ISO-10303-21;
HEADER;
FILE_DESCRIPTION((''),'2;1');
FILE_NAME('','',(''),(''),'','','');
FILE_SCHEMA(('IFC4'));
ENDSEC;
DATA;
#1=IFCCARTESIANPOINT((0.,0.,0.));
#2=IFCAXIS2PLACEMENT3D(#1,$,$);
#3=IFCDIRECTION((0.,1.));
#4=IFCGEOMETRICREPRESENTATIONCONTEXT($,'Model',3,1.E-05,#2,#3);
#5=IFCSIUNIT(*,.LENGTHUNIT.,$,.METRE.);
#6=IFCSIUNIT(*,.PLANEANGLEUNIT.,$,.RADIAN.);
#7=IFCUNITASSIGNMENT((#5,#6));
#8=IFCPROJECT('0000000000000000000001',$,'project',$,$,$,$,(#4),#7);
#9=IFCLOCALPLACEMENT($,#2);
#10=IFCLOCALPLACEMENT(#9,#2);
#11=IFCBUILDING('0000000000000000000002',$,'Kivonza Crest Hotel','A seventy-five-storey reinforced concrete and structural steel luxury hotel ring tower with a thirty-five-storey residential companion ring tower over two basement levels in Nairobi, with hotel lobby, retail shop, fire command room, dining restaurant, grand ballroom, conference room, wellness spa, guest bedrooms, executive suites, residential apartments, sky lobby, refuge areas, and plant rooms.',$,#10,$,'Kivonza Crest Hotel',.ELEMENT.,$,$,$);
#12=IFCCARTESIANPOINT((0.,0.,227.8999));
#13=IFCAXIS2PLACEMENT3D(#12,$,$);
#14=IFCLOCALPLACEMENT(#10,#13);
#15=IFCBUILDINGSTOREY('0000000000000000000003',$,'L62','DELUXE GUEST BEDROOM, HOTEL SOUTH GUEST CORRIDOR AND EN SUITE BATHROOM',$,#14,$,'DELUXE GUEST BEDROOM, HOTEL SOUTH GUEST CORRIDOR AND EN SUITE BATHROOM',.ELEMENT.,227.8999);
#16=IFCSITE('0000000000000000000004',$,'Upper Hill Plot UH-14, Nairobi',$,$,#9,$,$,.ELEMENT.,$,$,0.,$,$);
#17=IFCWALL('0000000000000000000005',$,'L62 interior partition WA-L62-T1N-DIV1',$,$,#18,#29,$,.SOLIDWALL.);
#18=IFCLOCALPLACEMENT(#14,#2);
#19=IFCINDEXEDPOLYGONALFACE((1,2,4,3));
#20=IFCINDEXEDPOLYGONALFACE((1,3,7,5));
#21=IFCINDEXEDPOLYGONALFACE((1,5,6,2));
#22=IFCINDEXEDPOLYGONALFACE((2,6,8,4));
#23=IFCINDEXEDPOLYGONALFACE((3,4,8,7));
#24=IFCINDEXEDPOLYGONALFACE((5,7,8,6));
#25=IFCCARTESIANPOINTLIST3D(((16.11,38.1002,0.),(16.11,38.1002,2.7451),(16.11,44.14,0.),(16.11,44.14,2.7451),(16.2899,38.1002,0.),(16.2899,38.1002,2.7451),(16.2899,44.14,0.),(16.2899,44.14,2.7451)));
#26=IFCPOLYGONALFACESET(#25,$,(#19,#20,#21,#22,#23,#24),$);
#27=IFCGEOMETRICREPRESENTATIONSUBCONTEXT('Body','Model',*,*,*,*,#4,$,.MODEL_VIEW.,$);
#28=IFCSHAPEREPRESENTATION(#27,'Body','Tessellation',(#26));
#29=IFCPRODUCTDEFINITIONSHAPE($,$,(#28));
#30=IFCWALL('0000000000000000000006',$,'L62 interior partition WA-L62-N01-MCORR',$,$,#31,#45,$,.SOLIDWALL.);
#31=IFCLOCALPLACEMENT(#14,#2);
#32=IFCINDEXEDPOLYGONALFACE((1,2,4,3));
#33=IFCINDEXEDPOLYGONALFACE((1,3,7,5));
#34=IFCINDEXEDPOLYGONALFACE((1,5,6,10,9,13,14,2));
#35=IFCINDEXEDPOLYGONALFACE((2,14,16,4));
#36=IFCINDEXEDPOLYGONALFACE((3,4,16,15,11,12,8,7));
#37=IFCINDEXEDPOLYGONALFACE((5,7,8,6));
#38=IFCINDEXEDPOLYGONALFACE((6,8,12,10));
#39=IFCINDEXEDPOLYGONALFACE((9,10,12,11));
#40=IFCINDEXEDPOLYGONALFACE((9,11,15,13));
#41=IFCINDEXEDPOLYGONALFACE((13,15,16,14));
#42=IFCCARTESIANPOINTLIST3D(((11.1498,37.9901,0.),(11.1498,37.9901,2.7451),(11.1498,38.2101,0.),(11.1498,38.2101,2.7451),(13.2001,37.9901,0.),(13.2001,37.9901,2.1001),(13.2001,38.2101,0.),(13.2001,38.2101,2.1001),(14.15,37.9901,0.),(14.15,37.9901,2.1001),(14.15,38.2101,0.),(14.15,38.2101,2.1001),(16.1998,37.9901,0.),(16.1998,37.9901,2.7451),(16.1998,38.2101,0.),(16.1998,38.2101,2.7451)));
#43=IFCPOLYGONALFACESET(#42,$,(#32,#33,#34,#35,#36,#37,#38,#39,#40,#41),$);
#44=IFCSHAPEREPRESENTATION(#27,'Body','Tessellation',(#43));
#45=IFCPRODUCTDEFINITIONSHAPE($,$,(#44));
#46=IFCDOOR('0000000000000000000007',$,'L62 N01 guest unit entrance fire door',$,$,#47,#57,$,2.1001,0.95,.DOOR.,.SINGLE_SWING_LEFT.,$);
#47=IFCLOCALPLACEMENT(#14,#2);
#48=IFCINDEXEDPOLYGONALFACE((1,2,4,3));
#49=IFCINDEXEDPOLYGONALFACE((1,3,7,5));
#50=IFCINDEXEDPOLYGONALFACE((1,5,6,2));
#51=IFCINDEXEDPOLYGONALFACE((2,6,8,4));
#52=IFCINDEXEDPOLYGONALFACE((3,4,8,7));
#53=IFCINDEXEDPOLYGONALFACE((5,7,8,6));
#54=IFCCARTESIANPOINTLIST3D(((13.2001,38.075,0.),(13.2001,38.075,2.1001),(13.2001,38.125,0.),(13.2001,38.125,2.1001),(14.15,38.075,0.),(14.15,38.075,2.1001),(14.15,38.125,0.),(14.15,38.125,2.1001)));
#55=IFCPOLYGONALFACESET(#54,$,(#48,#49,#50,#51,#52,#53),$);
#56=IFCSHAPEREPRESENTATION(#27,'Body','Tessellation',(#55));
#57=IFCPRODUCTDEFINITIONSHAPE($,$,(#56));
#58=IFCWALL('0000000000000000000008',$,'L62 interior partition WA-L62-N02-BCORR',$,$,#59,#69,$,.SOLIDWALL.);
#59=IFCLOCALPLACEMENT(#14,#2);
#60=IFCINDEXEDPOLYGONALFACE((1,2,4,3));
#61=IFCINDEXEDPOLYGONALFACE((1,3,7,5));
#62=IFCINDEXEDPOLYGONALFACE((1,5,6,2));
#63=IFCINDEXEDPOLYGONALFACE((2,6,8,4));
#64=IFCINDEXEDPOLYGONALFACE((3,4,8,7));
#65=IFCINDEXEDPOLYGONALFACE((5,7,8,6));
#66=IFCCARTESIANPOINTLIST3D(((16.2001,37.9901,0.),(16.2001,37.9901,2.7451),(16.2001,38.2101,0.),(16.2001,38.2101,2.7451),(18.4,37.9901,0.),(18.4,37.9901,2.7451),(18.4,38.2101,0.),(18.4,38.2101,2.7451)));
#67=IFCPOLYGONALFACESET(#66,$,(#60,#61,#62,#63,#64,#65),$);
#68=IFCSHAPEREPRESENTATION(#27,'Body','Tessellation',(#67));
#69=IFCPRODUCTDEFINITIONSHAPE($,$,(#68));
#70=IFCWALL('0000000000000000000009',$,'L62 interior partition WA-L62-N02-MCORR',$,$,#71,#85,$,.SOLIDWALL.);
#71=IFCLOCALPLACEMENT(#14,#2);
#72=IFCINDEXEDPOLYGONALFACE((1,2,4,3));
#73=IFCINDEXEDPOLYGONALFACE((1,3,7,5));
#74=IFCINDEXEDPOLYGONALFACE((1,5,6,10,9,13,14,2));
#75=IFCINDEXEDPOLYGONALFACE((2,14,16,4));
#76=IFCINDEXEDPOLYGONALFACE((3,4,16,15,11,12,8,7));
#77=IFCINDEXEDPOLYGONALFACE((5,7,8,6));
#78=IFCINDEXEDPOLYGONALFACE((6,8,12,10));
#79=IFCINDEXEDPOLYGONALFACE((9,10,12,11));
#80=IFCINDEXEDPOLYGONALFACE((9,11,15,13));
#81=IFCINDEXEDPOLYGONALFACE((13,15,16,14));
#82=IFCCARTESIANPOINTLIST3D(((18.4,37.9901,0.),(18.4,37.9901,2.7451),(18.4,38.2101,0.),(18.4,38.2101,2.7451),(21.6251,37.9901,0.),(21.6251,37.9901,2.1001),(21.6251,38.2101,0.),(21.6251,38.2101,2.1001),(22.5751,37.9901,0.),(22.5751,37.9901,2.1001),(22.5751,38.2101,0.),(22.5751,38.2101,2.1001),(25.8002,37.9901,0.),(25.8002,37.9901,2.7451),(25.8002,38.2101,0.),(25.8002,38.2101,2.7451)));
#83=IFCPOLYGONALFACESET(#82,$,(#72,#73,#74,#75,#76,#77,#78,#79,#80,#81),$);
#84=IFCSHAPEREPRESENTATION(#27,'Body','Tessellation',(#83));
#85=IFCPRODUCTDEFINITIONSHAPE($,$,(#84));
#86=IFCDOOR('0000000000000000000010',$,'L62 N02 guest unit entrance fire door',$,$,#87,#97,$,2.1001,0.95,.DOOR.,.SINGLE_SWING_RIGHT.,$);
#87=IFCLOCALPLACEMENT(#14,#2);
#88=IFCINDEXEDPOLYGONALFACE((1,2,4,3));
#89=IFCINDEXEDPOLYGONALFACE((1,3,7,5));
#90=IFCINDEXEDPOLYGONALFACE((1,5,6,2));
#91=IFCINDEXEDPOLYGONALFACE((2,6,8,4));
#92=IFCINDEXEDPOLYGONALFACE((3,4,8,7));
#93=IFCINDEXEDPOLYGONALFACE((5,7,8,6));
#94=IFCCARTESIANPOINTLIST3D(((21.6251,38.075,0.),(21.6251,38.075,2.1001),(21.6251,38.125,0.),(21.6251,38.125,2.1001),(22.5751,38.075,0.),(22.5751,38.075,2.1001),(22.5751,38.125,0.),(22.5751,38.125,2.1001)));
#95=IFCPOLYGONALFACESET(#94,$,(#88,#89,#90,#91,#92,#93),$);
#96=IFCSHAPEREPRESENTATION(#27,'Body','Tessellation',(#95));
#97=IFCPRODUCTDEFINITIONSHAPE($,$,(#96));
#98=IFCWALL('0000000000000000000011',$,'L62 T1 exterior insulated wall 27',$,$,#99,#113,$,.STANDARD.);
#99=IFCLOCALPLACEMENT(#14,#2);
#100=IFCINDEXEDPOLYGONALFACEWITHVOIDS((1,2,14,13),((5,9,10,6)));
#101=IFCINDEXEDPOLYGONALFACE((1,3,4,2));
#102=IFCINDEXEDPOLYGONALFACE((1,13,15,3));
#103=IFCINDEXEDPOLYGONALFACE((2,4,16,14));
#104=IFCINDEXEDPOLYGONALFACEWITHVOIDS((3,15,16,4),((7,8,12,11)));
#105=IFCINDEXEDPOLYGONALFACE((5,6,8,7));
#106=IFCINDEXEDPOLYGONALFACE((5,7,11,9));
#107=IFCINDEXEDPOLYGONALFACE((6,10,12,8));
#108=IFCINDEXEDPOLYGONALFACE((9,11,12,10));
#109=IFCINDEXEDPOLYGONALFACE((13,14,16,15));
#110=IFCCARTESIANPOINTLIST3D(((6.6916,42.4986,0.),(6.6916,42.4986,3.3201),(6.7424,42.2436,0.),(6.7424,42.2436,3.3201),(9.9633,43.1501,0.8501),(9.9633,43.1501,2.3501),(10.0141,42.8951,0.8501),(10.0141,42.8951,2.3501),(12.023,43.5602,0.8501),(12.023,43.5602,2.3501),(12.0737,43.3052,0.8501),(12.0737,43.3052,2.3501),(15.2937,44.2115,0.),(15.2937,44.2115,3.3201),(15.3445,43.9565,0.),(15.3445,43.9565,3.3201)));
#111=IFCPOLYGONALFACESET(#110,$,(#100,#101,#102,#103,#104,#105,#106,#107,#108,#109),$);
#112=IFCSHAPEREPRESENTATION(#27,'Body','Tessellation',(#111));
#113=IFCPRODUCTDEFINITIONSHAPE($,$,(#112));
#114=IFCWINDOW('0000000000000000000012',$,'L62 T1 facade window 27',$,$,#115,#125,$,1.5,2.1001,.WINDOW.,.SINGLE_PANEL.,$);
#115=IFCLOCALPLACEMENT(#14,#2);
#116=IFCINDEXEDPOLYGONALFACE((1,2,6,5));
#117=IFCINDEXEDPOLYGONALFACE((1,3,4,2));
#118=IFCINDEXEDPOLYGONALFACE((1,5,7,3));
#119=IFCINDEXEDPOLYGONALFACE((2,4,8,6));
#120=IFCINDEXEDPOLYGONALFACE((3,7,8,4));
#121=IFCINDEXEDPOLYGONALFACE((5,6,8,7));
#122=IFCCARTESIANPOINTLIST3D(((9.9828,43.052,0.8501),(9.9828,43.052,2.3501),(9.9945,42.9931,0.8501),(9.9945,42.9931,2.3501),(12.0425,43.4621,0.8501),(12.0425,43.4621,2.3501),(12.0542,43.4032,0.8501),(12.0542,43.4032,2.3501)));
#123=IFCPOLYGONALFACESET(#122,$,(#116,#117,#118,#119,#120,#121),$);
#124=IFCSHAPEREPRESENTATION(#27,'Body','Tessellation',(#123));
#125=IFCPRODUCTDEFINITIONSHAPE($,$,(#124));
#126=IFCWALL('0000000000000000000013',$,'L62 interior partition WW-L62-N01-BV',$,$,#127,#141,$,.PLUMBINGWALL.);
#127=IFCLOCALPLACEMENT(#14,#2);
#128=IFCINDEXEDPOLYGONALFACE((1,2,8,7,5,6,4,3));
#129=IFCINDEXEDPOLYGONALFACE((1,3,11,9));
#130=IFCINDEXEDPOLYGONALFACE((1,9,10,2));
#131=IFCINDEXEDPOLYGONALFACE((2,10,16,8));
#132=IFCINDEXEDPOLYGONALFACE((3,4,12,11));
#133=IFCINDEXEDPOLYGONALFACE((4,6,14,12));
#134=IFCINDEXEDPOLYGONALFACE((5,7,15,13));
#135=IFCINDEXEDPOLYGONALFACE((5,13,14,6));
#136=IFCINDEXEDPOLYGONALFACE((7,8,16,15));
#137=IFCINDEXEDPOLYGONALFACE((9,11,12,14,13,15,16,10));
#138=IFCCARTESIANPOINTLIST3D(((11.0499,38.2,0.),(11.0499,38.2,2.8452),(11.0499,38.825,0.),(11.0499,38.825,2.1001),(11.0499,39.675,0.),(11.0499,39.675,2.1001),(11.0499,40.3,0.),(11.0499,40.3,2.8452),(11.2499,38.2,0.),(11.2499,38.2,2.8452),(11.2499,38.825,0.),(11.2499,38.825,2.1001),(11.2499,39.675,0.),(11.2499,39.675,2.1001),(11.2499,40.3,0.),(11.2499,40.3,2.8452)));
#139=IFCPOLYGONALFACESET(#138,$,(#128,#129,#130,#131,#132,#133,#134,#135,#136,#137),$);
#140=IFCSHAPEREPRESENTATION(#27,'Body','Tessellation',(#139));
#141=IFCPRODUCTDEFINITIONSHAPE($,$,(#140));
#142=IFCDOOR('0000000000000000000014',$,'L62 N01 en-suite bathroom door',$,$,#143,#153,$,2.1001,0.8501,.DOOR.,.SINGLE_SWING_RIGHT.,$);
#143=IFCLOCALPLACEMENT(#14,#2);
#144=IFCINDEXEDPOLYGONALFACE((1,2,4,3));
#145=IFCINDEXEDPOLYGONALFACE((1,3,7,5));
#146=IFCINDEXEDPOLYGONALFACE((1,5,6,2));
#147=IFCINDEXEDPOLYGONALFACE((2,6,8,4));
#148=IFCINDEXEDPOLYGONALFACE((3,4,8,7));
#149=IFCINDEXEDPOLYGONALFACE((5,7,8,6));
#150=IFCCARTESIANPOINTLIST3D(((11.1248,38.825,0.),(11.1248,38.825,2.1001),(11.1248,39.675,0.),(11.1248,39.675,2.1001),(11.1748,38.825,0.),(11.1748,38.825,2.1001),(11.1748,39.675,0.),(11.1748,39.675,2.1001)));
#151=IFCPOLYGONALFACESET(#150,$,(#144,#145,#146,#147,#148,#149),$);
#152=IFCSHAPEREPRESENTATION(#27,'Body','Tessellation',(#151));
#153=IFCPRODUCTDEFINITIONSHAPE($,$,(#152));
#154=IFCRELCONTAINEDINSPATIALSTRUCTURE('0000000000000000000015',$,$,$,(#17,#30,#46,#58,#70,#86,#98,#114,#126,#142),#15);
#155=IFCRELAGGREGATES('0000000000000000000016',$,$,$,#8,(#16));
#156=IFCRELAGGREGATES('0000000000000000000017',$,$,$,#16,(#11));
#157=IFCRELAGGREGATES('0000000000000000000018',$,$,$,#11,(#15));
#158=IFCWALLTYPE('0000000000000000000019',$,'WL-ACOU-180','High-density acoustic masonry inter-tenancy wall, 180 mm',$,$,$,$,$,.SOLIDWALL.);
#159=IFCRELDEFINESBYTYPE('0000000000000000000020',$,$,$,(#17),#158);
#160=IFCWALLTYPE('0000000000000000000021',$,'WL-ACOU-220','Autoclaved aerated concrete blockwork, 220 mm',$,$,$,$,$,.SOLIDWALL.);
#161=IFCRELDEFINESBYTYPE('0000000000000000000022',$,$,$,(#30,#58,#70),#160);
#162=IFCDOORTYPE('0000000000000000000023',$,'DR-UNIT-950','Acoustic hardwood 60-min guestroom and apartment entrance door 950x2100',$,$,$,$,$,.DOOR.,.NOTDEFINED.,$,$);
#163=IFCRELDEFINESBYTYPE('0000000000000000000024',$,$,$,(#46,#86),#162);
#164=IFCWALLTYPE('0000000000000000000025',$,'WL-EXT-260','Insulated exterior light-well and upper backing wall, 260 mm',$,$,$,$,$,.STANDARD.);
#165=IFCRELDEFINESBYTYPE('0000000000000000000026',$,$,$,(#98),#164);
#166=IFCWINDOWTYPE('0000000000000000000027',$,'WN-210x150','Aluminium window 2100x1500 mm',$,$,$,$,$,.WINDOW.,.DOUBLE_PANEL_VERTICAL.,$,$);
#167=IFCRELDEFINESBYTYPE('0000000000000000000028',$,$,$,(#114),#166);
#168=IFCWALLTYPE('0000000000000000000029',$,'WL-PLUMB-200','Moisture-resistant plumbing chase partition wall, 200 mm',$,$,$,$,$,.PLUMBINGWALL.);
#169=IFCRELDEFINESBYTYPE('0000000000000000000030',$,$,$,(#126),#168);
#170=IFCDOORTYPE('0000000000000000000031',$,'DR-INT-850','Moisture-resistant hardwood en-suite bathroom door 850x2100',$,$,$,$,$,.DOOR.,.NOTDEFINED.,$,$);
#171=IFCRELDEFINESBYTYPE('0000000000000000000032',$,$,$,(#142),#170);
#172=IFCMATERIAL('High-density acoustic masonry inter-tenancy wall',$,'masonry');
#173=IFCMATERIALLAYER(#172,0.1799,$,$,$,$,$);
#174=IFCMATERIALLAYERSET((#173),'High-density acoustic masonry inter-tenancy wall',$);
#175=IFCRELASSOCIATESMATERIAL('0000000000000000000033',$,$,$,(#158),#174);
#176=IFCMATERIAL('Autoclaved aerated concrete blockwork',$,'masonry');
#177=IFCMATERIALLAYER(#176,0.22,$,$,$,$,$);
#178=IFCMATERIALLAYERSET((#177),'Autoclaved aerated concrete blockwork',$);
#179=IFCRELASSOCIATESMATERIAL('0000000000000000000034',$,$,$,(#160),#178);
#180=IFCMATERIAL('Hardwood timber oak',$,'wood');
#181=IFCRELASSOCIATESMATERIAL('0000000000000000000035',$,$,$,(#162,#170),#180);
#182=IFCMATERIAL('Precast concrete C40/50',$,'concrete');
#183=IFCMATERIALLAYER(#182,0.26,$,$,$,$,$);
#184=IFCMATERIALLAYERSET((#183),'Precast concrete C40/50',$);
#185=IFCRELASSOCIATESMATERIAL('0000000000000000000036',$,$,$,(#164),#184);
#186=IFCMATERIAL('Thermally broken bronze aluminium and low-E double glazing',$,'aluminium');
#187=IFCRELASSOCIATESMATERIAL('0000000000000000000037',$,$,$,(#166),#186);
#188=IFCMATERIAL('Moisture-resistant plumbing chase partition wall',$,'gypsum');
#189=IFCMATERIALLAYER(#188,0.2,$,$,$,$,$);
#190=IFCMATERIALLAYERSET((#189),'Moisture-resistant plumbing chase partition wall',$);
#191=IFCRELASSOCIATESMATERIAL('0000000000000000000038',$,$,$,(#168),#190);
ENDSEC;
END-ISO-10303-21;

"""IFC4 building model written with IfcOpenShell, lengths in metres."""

from ifc_helpers import new_model, si_unit, direction, frame, frame_2d, origin, place, context, subcontext, project, spatial, rectangle, extrude, material, layer, layer_set, type_object, element, fill, save


model = new_model("IFC4")

# Units and contexts
model_context = context("Model", 3, precision=1e-05, world=origin(), true_north=direction((0.0, 1.0)))
body_context = subcontext(model_context, "Body", "Model", "MODEL_VIEW")
ifc_project = project(units=[si_unit("LENGTHUNIT", "METRE"), si_unit("PLANEANGLEUNIT", "RADIAN")], contexts=[model_context])

# Site, building, storey
site_placement = place(None, origin())
site = spatial("IfcSite", under=ifc_project, at=site_placement, Name="Upper Hill Plot UH-14, Nairobi", CompositionType="ELEMENT", RefElevation=0.0)
building_placement = place(site_placement, origin())
building = spatial("IfcBuilding", under=site, at=building_placement, Name="Kivonza Crest Hotel", Description="A seventy-five-storey reinforced concrete and structural steel luxury hotel ring tower with a thirty-five-storey residential companion ring tower over two basement levels in Nairobi, with hotel lobby, retail shop, fire command room, dining restaurant, grand ballroom, conference room, wellness spa, guest bedrooms, executive suites, residential apartments, sky lobby, refuge areas, and plant rooms.", LongName="Kivonza Crest Hotel", CompositionType="ELEMENT")
storey_placement = place(building_placement, frame((0.0, 0.0, 227.8999)))
storey = spatial("IfcBuildingStorey", under=building, at=storey_placement, Name="L62", Description="DELUXE GUEST BEDROOM, HOTEL SOUTH GUEST CORRIDOR AND EN SUITE BATHROOM", LongName="DELUXE GUEST BEDROOM, HOTEL SOUTH GUEST CORRIDOR AND EN SUITE BATHROOM", CompositionType="ELEMENT", Elevation=227.8999)

# Wall
ifc_material_1 = material(Name="High-density acoustic masonry inter-tenancy wall", Category="masonry")
ifc_layer_1 = layer(ifc_material_1, 0.1799)
ifc_layer_set_1 = layer_set([ifc_layer_1], Name="High-density acoustic masonry inter-tenancy wall")
wall_type_1 = type_object("IfcWallType", Name="WL-ACOU-180", Description="High-density acoustic masonry inter-tenancy wall, 180 mm", PredefinedType="SOLIDWALL", material=ifc_layer_set_1)
wall_1_placement = place(storey_placement, frame((16.2, 38.1001, 0.0), z_axis=(0.0, 0.0, 1.0), x_axis=(0.0, 1.0, 0.0)))
element("IfcWall", 1, at=wall_1_placement, inside=storey, type_object=wall_type_1, Name="L62 interior partition WA-L62-T1N-DIV1", PredefinedType="SOLIDWALL", context=body_context, shape_type="SweptSolid", body=[
    extrude(rectangle(XDim=6.0398, YDim=0.1799, at=frame_2d((3.02, 0.0))), origin(), (0.0, 0.0, 1.0), 2.7451),
])

# Wall, opening, door
ifc_material_2 = material(Name="Autoclaved aerated concrete blockwork", Category="masonry")
ifc_layer_2 = layer(ifc_material_2, 0.22)
ifc_layer_set_2 = layer_set([ifc_layer_2], Name="Autoclaved aerated concrete blockwork")
wall_type_2 = type_object("IfcWallType", Name="WL-ACOU-220", Description="Autoclaved aerated concrete blockwork, 220 mm", PredefinedType="SOLIDWALL", material=ifc_layer_set_2)
wall_2_placement = place(storey_placement, frame((11.1499, 38.1001, 0.0), z_axis=(0.0, 0.0, 1.0), x_axis=(1.0, 0.0, 0.0)))
wall_2 = element("IfcWall", 2, at=wall_2_placement, inside=storey, type_object=wall_type_2, Name="L62 interior partition WA-L62-N01-MCORR", PredefinedType="SOLIDWALL", context=body_context, shape_type="SweptSolid", body=[
    extrude(rectangle(XDim=5.05, YDim=0.22, at=frame_2d((2.5249, 0.0))), origin(), (0.0, 0.0, 1.0), 2.7451),
])
opening_1_placement = place(wall_2_placement, frame((2.05, 0.0, 0.0)))
opening_1 = element("IfcOpeningElement", 3, at=opening_1_placement, cuts=wall_2, PredefinedType="OPENING", context=body_context, shape_type="SweptSolid", body=[
    extrude(rectangle(XDim=0.95, YDim=2.1001, at=frame_2d((0.4751, 1.05))), frame((0.0, 0.1201, 0.0), z_axis=(0.0, -1.0, 0.0), x_axis=(1.0, 0.0, 0.0)), (0.0, 0.0, 1.0), 0.24),
])
ifc_material_3 = material(Name="Hardwood timber oak", Category="wood")
door_type_1 = type_object("IfcDoorType", Name="DR-UNIT-950", Description="Acoustic hardwood 60-min guestroom and apartment entrance door 950x2100", OperationType="NOTDEFINED", PredefinedType="DOOR", material=ifc_material_3)
door_1_placement = place(opening_1_placement, origin())
door_1 = element("IfcDoor", 4, at=door_1_placement, inside=storey, type_object=door_type_1, Name="L62 N01 guest unit entrance fire door", OperationType="SINGLE_SWING_LEFT", OverallHeight=2.1001, OverallWidth=0.95, PredefinedType="DOOR", context=body_context, shape_type="SweptSolid", body=[
    extrude(rectangle(XDim=0.95, YDim=2.1001, at=frame_2d((0.4751, 1.05))), frame((0.0, 0.0249, 0.0), z_axis=(0.0, -1.0, 0.0), x_axis=(1.0, 0.0, 0.0)), (0.0, 0.0, 1.0), 0.05),
])
fill(opening_1, door_1)

# Wall
wall_3_placement = place(storey_placement, frame((16.2, 38.1001, 0.0), z_axis=(0.0, 0.0, 1.0), x_axis=(1.0, 0.0, 0.0)))
element("IfcWall", 5, at=wall_3_placement, inside=storey, type_object=wall_type_2, Name="L62 interior partition WA-L62-N02-BCORR", PredefinedType="SOLIDWALL", context=body_context, shape_type="SweptSolid", body=[
    extrude(rectangle(XDim=2.2, YDim=0.22, at=frame_2d((1.1001, 0.0))), origin(), (0.0, 0.0, 1.0), 2.7451),
])

# Wall, opening, door
wall_4_placement = place(storey_placement, frame((18.3999, 38.1001, 0.0), z_axis=(0.0, 0.0, 1.0), x_axis=(1.0, 0.0, 0.0)))
wall_4 = element("IfcWall", 6, at=wall_4_placement, inside=storey, type_object=wall_type_2, Name="L62 interior partition WA-L62-N02-MCORR", PredefinedType="SOLIDWALL", context=body_context, shape_type="SweptSolid", body=[
    extrude(rectangle(XDim=7.4001, YDim=0.22, at=frame_2d((3.7002, 0.0))), origin(), (0.0, 0.0, 1.0), 2.7451),
])
opening_2_placement = place(wall_4_placement, frame((3.2251, 0.0, 0.0)))
opening_2 = element("IfcOpeningElement", 7, at=opening_2_placement, cuts=wall_4, PredefinedType="OPENING", context=body_context, shape_type="SweptSolid", body=[
    extrude(rectangle(XDim=0.95, YDim=2.1001, at=frame_2d((0.4751, 1.05))), frame((0.0, 0.1201, 0.0), z_axis=(0.0, -1.0, 0.0), x_axis=(1.0, 0.0, 0.0)), (0.0, 0.0, 1.0), 0.24),
])
door_2_placement = place(opening_2_placement, origin())
door_2 = element("IfcDoor", 8, at=door_2_placement, inside=storey, type_object=door_type_1, Name="L62 N02 guest unit entrance fire door", OperationType="SINGLE_SWING_RIGHT", OverallHeight=2.1001, OverallWidth=0.95, PredefinedType="DOOR", context=body_context, shape_type="SweptSolid", body=[
    extrude(rectangle(XDim=0.95, YDim=2.1001, at=frame_2d((0.4751, 1.05))), frame((0.0, 0.0249, 0.0), z_axis=(0.0, -1.0, 0.0), x_axis=(1.0, 0.0, 0.0)), (0.0, 0.0, 1.0), 0.05),
])
fill(opening_2, door_2)

# Wall, opening, window
ifc_material_4 = material(Name="Precast concrete C40/50", Category="concrete")
ifc_layer_3 = layer(ifc_material_4, 0.26)
ifc_layer_set_3 = layer_set([ifc_layer_3], Name="Precast concrete C40/50")
wall_type_3 = type_object("IfcWallType", Name="WL-EXT-260", Description="Insulated exterior light-well and upper backing wall, 260 mm", PredefinedType="STANDARD", material=ifc_layer_set_3)
wall_5_placement = place(storey_placement, frame((15.3191, 44.084, 0.0), z_axis=(0.0, 0.0, 1.0), x_axis=(-0.980745, -0.195292, 0.0)))
wall_5 = element("IfcWall", 9, at=wall_5_placement, inside=storey, type_object=wall_type_3, Name="L62 T1 exterior insulated wall 27", PredefinedType="STANDARD", context=body_context, shape_type="SweptSolid", body=[
    extrude(rectangle(XDim=8.771, YDim=0.26, at=frame_2d((4.3855, 0.0))), origin(), (0.0, 0.0, 1.0), 3.3201),
])
opening_3_placement = place(wall_5_placement, frame((3.335, 0.0, 0.8501)))
opening_3 = element("IfcOpeningElement", 10, at=opening_3_placement, cuts=wall_5, PredefinedType="OPENING", context=body_context, shape_type="SweptSolid", body=[
    extrude(rectangle(XDim=2.1001, YDim=1.5, at=frame_2d((1.05, 0.75))), frame((0.0, 0.1401, 0.0), z_axis=(0.0, -1.0, 0.0), x_axis=(1.0, 0.0, 0.0)), (0.0, 0.0, 1.0), 0.28),
])
ifc_material_5 = material(Name="Thermally broken bronze aluminium and low-E double glazing", Category="aluminium")
window_type = type_object("IfcWindowType", Name="WN-210x150", Description="Aluminium window 2100x1500 mm", PartitioningType="DOUBLE_PANEL_VERTICAL", PredefinedType="WINDOW", material=ifc_material_5)
window_placement = place(opening_3_placement, origin())
window = element("IfcWindow", 11, at=window_placement, inside=storey, type_object=window_type, Name="L62 T1 facade window 27", OverallHeight=1.5, OverallWidth=2.1001, PartitioningType="SINGLE_PANEL", PredefinedType="WINDOW", context=body_context, shape_type="SweptSolid", body=[
    extrude(rectangle(XDim=2.1001, YDim=1.5, at=frame_2d((1.05, 0.75))), frame((0.0, 0.03, 0.0), z_axis=(0.0, -1.0, 0.0), x_axis=(1.0, 0.0, 0.0)), (0.0, 0.0, 1.0), 0.0601),
])
fill(opening_3, window)

# Wall, opening, door
ifc_material_6 = material(Name="Moisture-resistant plumbing chase partition wall", Category="gypsum")
ifc_layer_4 = layer(ifc_material_6, 0.2)
ifc_layer_set_4 = layer_set([ifc_layer_4], Name="Moisture-resistant plumbing chase partition wall")
wall_type_4 = type_object("IfcWallType", Name="WL-PLUMB-200", Description="Moisture-resistant plumbing chase partition wall, 200 mm", PredefinedType="PLUMBINGWALL", material=ifc_layer_set_4)
wall_6_placement = place(storey_placement, frame((11.1499, 38.2, 0.0), z_axis=(0.0, 0.0, 1.0), x_axis=(0.0, 1.0, 0.0)))
wall_6 = element("IfcWall", 12, at=wall_6_placement, inside=storey, type_object=wall_type_4, Name="L62 interior partition WW-L62-N01-BV", PredefinedType="PLUMBINGWALL", context=body_context, shape_type="SweptSolid", body=[
    extrude(rectangle(XDim=2.1001, YDim=0.2, at=frame_2d((1.05, 0.0))), origin(), (0.0, 0.0, 1.0), 2.8452),
])
opening_4_placement = place(wall_6_placement, frame((0.625, 0.0, 0.0)))
opening_4 = element("IfcOpeningElement", 13, at=opening_4_placement, cuts=wall_6, PredefinedType="OPENING", context=body_context, shape_type="SweptSolid", body=[
    extrude(rectangle(XDim=0.8501, YDim=2.1001, at=frame_2d((0.425, 1.05))), frame((0.0, 0.1099, 0.0), z_axis=(0.0, -1.0, 0.0), x_axis=(1.0, 0.0, 0.0)), (0.0, 0.0, 1.0), 0.22),
])
door_type_2 = type_object("IfcDoorType", Name="DR-INT-850", Description="Moisture-resistant hardwood en-suite bathroom door 850x2100", OperationType="NOTDEFINED", PredefinedType="DOOR", material=ifc_material_3)
door_3_placement = place(opening_4_placement, frame((0.8501, 0.0, 0.0), z_axis=(0.0, 0.0, 1.0), x_axis=(-1.0, 0.0, 0.0)))
door_3 = element("IfcDoor", 14, at=door_3_placement, inside=storey, type_object=door_type_2, Name="L62 N01 en-suite bathroom door", OperationType="SINGLE_SWING_RIGHT", OverallHeight=2.1001, OverallWidth=0.8501, PredefinedType="DOOR", context=body_context, shape_type="SweptSolid", body=[
    extrude(rectangle(XDim=0.8501, YDim=2.1001, at=frame_2d((0.425, 1.05))), frame((0.0, 0.0249, 0.0), z_axis=(0.0, -1.0, 0.0), x_axis=(1.0, 0.0, 0.0)), (0.0, 0.0, 1.0), 0.05),
])
fill(opening_4, door_3)

save(model, "model.ifc")
